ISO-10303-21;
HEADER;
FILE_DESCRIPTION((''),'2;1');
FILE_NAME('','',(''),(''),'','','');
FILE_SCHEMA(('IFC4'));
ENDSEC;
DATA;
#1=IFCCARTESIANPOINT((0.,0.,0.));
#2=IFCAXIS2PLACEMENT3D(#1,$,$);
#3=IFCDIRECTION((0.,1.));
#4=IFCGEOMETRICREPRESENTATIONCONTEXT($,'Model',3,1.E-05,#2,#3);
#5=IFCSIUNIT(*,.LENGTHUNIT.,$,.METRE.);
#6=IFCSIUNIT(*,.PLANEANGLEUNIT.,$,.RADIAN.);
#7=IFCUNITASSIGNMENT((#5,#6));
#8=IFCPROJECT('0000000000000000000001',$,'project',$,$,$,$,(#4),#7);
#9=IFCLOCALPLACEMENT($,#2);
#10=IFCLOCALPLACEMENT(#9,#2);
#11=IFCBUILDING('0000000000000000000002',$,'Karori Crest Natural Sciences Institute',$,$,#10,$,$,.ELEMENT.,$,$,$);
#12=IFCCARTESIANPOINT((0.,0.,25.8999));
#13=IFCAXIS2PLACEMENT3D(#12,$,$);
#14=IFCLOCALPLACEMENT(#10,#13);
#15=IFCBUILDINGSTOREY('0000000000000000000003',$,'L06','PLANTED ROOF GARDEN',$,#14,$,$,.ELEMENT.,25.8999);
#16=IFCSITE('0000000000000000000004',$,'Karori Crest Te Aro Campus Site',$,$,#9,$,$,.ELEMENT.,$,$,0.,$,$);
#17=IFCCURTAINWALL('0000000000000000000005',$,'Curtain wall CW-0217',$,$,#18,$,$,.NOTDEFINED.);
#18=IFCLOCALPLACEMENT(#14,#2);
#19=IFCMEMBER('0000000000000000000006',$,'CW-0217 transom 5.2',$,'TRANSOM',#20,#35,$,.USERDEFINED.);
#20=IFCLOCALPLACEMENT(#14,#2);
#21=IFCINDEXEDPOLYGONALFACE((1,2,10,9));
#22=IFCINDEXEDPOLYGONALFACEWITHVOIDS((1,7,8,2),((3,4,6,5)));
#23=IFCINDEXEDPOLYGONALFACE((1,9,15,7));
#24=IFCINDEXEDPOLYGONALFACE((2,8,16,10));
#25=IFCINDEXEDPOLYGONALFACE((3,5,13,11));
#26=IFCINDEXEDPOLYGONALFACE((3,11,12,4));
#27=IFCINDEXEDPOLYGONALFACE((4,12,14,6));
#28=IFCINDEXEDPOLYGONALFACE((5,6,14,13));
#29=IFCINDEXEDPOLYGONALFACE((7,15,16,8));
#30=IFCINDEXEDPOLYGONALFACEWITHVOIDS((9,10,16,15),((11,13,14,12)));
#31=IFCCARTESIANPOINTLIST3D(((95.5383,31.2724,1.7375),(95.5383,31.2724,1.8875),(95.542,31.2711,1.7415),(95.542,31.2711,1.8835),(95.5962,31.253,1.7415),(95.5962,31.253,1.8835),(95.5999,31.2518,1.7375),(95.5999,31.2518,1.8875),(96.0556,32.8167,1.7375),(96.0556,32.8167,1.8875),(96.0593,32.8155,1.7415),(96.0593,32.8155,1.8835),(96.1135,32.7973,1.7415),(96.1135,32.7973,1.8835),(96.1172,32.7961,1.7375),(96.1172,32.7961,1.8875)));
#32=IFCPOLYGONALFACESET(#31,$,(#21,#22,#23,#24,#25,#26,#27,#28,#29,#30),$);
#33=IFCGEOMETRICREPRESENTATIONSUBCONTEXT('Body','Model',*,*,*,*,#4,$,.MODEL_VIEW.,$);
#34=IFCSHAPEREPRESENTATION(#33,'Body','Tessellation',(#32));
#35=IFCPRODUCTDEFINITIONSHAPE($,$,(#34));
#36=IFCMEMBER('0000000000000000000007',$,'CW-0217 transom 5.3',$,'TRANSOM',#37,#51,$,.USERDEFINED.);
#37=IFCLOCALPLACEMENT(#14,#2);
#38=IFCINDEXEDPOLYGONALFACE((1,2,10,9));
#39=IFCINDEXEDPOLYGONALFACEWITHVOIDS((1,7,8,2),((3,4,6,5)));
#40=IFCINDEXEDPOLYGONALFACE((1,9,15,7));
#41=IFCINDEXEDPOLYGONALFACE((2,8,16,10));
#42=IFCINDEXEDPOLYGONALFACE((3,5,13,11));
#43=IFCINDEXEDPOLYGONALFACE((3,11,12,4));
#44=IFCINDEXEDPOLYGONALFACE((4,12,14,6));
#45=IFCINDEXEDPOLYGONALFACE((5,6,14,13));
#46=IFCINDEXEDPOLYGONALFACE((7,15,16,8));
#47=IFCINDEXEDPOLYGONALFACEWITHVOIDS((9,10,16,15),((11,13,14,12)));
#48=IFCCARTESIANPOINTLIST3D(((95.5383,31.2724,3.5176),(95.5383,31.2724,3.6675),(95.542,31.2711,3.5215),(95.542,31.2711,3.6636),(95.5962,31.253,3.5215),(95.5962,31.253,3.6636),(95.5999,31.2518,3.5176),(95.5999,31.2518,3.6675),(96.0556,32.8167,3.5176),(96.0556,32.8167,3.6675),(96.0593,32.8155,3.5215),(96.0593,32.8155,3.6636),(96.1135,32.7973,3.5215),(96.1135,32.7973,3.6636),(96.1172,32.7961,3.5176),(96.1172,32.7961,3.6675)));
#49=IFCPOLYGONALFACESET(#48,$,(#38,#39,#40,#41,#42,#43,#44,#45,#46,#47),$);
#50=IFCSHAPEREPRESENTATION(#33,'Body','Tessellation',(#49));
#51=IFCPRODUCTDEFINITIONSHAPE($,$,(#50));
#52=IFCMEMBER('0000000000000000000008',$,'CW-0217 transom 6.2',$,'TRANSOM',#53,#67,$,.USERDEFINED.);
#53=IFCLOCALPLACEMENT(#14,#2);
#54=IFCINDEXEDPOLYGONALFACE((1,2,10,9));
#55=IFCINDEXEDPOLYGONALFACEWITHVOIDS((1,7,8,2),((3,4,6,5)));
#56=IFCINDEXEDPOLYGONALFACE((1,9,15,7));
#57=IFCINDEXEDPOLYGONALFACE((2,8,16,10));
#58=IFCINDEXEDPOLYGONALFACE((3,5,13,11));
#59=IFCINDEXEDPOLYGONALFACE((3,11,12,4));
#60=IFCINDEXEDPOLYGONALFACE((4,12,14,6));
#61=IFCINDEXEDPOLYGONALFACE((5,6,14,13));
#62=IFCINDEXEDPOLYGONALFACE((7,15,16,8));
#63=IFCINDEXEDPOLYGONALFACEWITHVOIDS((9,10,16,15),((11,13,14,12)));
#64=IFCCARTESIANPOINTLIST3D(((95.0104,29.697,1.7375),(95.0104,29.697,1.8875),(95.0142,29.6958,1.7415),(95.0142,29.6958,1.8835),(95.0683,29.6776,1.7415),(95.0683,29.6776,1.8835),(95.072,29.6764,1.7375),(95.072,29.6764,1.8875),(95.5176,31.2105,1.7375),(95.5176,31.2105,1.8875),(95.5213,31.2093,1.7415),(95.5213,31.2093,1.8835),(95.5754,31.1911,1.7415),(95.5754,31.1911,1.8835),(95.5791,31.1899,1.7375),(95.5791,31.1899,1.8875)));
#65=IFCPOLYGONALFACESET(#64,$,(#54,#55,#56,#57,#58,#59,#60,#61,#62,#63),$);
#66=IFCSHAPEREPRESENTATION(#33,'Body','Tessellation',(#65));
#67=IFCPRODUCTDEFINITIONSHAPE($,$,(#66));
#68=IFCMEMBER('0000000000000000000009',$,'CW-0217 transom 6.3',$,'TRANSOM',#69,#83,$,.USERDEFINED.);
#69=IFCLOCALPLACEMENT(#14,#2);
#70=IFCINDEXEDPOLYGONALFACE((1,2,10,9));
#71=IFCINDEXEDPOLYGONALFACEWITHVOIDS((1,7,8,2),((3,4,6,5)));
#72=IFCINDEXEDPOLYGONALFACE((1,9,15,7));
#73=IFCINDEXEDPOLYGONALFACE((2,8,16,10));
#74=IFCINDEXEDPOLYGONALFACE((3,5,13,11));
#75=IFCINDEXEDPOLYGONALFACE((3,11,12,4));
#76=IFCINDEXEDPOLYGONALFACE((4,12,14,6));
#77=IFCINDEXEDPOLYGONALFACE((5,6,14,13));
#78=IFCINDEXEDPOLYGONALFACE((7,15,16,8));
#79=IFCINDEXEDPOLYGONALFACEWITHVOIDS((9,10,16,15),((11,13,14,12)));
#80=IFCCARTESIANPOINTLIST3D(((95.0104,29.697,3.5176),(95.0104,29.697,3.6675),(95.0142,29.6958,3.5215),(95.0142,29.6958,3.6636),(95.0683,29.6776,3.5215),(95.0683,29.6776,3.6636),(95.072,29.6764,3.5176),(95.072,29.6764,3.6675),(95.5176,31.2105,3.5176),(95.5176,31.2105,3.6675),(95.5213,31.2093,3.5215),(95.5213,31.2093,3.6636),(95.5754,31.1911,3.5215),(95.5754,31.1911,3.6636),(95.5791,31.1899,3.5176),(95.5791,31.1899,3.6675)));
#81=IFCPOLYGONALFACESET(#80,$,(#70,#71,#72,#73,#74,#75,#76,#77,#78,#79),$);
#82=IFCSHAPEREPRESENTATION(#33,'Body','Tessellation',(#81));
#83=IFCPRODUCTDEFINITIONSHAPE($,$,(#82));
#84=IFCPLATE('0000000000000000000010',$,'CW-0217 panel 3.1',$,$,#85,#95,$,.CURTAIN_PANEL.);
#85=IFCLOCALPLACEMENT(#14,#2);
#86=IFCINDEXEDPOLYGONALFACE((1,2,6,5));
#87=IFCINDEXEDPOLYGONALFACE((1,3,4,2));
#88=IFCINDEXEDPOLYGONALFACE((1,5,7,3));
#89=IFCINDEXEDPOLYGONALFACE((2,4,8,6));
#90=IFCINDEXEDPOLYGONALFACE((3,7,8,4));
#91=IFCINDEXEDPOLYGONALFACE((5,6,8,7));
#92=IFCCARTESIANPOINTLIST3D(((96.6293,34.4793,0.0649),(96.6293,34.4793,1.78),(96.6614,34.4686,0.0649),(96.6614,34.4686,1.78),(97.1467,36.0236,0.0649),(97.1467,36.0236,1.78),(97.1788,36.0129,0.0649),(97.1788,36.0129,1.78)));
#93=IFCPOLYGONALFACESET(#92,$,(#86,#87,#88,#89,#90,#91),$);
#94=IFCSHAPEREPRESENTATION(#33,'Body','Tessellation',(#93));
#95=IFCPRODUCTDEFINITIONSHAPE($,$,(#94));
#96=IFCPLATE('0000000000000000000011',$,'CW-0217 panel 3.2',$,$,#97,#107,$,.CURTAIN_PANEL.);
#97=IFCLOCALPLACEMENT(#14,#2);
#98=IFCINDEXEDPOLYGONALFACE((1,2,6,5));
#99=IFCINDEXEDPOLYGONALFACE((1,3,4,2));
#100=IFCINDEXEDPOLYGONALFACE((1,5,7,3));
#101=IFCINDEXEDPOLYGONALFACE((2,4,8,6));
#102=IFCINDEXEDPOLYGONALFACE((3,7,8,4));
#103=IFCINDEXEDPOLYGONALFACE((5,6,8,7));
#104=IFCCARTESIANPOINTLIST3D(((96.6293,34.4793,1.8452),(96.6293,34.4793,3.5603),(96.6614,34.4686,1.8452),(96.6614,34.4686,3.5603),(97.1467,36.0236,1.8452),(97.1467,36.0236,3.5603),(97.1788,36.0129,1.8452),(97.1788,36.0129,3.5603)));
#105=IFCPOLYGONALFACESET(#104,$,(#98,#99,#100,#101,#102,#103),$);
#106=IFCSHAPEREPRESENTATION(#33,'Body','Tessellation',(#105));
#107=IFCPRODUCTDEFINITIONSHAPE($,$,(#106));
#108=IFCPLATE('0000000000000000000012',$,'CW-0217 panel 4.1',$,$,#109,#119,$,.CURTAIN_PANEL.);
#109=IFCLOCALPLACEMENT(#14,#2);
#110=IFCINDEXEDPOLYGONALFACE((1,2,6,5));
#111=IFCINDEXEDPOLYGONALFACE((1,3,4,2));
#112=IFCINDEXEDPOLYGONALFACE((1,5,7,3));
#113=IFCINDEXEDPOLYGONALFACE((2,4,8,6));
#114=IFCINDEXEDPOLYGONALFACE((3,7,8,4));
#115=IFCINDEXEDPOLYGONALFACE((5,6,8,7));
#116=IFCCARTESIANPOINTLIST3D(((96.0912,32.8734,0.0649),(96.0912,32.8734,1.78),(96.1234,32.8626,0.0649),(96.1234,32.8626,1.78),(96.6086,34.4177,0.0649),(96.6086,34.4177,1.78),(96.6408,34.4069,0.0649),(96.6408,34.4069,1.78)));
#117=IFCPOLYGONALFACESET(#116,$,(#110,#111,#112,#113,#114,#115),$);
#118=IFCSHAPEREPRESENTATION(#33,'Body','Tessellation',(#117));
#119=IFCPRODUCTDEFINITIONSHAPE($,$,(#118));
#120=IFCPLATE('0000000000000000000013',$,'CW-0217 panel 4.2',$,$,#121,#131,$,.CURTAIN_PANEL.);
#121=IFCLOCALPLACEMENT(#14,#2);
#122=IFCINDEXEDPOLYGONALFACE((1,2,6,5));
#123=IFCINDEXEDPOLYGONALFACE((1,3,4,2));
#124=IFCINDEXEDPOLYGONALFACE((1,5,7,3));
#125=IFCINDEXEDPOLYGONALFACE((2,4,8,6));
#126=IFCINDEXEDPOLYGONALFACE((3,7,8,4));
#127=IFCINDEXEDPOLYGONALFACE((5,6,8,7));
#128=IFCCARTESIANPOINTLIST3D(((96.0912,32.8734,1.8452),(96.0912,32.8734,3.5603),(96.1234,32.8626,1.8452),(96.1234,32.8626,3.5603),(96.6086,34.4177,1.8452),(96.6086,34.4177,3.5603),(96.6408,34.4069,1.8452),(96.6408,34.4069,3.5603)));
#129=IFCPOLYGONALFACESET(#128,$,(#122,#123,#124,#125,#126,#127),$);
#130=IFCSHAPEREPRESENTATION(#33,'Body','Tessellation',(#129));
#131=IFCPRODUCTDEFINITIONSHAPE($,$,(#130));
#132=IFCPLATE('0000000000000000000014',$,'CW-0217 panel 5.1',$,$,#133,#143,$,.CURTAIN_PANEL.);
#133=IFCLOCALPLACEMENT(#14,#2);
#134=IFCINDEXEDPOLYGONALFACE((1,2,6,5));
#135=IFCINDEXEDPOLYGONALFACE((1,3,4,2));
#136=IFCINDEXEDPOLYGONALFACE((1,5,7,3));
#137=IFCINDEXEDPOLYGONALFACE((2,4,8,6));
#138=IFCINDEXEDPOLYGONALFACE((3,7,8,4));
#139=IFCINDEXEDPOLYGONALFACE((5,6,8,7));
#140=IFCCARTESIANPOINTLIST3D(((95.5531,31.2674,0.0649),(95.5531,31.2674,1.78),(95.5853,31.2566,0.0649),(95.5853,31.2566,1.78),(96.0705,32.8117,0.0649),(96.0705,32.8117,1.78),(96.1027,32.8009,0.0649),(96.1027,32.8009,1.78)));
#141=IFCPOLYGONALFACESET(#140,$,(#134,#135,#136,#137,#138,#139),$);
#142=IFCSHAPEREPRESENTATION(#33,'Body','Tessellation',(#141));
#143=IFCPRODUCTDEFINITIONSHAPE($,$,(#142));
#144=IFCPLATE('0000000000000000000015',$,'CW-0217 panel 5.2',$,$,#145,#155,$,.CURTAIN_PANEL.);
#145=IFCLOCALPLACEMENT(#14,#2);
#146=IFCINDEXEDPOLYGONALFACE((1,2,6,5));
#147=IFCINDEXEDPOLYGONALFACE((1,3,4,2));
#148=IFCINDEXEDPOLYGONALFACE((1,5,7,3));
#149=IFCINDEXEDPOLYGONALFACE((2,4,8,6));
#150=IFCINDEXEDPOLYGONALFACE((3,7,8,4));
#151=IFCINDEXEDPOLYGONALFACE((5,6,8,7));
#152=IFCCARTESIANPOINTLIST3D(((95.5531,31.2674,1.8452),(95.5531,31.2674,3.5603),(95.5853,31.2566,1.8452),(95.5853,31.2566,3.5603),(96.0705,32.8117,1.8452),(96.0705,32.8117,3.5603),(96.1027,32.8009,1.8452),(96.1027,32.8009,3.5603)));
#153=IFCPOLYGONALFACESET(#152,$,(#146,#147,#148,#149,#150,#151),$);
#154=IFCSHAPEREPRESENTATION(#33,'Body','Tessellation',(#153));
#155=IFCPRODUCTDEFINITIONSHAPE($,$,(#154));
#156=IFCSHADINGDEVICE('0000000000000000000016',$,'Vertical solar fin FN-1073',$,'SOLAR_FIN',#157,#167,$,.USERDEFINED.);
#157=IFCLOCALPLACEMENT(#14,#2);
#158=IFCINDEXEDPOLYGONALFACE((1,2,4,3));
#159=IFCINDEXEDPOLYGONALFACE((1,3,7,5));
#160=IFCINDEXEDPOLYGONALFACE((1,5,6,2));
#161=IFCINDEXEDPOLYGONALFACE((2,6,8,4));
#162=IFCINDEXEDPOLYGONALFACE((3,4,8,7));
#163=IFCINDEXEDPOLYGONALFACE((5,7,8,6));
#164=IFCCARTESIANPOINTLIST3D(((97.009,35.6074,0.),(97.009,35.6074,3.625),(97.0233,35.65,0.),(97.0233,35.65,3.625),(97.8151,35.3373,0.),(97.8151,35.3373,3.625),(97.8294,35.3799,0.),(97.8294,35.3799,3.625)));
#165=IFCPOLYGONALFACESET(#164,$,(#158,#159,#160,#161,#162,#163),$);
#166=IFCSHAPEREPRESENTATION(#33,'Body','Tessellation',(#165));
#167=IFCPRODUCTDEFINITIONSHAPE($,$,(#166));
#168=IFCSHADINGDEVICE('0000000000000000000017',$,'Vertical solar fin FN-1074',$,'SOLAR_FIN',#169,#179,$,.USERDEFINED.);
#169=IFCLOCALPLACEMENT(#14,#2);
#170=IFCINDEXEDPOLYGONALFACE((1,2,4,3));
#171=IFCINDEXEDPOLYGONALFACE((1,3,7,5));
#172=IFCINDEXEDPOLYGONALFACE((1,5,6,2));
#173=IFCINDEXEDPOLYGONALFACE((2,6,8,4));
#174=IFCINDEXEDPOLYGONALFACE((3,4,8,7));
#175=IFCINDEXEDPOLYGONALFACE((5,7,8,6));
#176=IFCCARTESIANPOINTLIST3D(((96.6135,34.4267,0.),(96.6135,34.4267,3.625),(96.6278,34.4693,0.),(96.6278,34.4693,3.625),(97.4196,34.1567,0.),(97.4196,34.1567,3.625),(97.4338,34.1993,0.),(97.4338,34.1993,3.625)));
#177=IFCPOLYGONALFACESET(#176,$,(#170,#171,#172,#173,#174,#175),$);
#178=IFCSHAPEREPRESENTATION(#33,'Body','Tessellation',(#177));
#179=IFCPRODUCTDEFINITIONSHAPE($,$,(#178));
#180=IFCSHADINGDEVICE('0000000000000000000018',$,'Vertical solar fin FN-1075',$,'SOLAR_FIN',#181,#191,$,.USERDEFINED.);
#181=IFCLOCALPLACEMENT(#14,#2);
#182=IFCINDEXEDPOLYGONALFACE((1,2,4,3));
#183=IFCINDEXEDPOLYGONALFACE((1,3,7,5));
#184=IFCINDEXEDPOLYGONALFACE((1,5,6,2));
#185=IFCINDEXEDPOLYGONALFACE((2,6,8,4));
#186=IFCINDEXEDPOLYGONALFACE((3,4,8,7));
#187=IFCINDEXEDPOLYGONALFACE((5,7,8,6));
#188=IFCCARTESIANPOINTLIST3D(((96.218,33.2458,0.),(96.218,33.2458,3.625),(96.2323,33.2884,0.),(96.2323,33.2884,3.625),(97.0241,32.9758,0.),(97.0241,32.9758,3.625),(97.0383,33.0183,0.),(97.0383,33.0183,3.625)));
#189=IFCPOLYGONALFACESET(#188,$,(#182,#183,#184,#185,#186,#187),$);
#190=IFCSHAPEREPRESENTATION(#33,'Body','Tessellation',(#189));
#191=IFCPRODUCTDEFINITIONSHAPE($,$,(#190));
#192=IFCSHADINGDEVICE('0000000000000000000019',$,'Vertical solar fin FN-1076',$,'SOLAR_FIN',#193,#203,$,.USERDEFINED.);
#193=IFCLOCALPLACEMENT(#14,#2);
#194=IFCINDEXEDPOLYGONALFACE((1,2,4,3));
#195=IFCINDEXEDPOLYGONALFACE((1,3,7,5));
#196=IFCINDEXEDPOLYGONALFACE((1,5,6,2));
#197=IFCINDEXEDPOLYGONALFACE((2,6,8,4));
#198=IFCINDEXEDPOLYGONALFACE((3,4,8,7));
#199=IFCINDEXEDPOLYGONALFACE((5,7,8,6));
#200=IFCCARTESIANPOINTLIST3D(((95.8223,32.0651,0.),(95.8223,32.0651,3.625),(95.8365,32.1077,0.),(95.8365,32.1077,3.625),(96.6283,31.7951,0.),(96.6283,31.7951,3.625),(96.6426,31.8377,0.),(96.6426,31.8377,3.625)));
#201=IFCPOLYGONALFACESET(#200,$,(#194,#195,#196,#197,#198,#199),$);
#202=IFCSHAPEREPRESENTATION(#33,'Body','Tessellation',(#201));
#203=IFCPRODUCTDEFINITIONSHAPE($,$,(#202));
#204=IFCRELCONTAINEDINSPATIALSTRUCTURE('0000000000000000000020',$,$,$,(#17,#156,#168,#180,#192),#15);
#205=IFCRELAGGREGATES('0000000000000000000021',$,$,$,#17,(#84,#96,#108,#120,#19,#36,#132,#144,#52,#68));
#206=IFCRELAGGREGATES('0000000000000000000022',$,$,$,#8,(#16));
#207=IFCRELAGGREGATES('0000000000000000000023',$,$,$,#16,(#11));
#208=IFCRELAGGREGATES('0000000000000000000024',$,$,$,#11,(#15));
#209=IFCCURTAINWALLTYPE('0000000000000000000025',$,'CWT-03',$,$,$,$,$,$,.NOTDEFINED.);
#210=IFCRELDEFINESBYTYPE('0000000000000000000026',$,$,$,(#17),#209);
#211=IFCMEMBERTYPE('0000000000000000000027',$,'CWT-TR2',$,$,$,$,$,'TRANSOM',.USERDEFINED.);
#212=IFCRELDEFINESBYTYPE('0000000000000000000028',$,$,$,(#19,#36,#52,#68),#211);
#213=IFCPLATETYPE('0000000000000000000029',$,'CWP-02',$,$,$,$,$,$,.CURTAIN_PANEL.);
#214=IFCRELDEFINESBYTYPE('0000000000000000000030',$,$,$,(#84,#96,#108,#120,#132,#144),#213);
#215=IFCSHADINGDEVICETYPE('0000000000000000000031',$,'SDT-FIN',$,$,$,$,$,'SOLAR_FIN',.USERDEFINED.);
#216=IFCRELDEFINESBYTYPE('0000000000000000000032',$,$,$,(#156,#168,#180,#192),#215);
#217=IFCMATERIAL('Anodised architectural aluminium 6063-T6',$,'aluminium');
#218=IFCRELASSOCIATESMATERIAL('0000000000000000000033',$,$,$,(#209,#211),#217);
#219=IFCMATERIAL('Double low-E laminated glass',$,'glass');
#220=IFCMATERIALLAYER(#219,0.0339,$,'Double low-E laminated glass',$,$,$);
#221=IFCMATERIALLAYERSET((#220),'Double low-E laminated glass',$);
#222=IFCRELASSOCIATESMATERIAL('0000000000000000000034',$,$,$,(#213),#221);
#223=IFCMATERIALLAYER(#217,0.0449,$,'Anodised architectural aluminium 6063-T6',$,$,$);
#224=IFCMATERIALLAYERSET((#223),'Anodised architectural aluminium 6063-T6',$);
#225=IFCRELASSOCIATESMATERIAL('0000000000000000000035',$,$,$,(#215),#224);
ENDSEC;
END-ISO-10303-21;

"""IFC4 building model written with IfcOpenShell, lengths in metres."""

from ifc_helpers import new_model, si_unit, direction, frame, origin, origin_2d, place, context, subcontext, project, spatial, rectangle, hollow_rectangle, extrude, material, layer, layer_set, material_profile, profile_set, type_object, element, aggregate, save


model = new_model("IFC4")

# Units and contexts
model_context = context("Model", 3, precision=1e-05, world=origin(), true_north=direction((0.0, 1.0)))
body_context = subcontext(model_context, "Body", "Model", "MODEL_VIEW")
ifc_project = project(units=[si_unit("LENGTHUNIT", "METRE"), si_unit("PLANEANGLEUNIT", "RADIAN")], contexts=[model_context])

# Site, building, storey
site_placement = place(None, origin())
site = spatial("IfcSite", under=ifc_project, at=site_placement, Name="Karori Crest Te Aro Campus Site", CompositionType="ELEMENT", RefElevation=0.0)
building_placement = place(site_placement, origin())
building = spatial("IfcBuilding", under=site, at=building_placement, Name="Karori Crest Natural Sciences Institute", CompositionType="ELEMENT")
storey_placement = place(building_placement, frame((0.0, 0.0, 25.8999)))
storey = spatial("IfcBuildingStorey", under=building, at=storey_placement, Name="L06", Description="PLANTED ROOF GARDEN", CompositionType="ELEMENT", Elevation=25.8999)

# Curtain wall, members, plates
ifc_material_1 = material(Name="Anodised architectural aluminium 6063-T6", Category="aluminium")
curtain_wall_type = type_object("IfcCurtainWallType", Name="CWT-03", PredefinedType="NOTDEFINED", material=ifc_material_1)
curtain_wall_placement = place(storey_placement, origin())
curtain_wall = element("IfcCurtainWall", 1, at=curtain_wall_placement, inside=storey, type_object=curtain_wall_type, Name="Curtain wall CW-0217", PredefinedType="NOTDEFINED")
ifc_material_profile_1 = material_profile(ifc_material_1, hollow_rectangle(XDim=0.0649, YDim=0.1499, WallThickness=0.0039, at=origin_2d()), Name="CWT150x65x4")
ifc_profile_set_1 = profile_set([ifc_material_profile_1], Name="Anodised architectural aluminium 6063-T6")
member_type_1 = type_object("IfcMemberType", Name="CWT-TR2", ElementType="TRANSOM", PredefinedType="USERDEFINED", material=ifc_profile_set_1)
member_1_placement = place(storey_placement, frame((96.0864, 32.8064, 1.8125), z_axis=(-0.317621, -0.948218, 0.0), x_axis=(0.948218, -0.317621, 0.0)))
member_1 = element("IfcMember", 2, at=member_1_placement, type_object=member_type_1, Name="CW-0217 transom 5.2", ObjectType="TRANSOM", PredefinedType="USERDEFINED", context=body_context, shape_type="SweptSolid", body=[
    extrude(hollow_rectangle(XDim=0.0649, YDim=0.1499, WallThickness=0.0039, at=origin_2d()), origin(), (0.0, 0.0, 1.0), 1.6287),
])
member_2_placement = place(storey_placement, frame((96.0864, 32.8064, 3.5925), z_axis=(-0.317621, -0.948218, 0.0), x_axis=(0.948218, -0.317621, 0.0)))
member_2 = element("IfcMember", 3, at=member_2_placement, type_object=member_type_1, Name="CW-0217 transom 5.3", ObjectType="TRANSOM", PredefinedType="USERDEFINED", context=body_context, shape_type="SweptSolid", body=[
    extrude(hollow_rectangle(XDim=0.0649, YDim=0.1499, WallThickness=0.0039, at=origin_2d()), origin(), (0.0, 0.0, 1.0), 1.6287),
])
member_3_placement = place(storey_placement, frame((95.5483, 31.2002, 1.8125), z_axis=(-0.317696, -0.948193, 0.0), x_axis=(0.948193, -0.317696, 0.0)))
member_3 = element("IfcMember", 4, at=member_3_placement, type_object=member_type_1, Name="CW-0217 transom 6.2", ObjectType="TRANSOM", PredefinedType="USERDEFINED", context=body_context, shape_type="SweptSolid", body=[
    extrude(hollow_rectangle(XDim=0.0649, YDim=0.1499, WallThickness=0.0039, at=origin_2d()), origin(), (0.0, 0.0, 1.0), 1.5962),
])
member_4_placement = place(storey_placement, frame((95.5483, 31.2002, 3.5925), z_axis=(-0.317696, -0.948193, 0.0), x_axis=(0.948193, -0.317696, 0.0)))
member_4 = element("IfcMember", 5, at=member_4_placement, type_object=member_type_1, Name="CW-0217 transom 6.3", ObjectType="TRANSOM", PredefinedType="USERDEFINED", context=body_context, shape_type="SweptSolid", body=[
    extrude(hollow_rectangle(XDim=0.0649, YDim=0.1499, WallThickness=0.0039, at=origin_2d()), origin(), (0.0, 0.0, 1.0), 1.5962),
])
ifc_material_2 = material(Name="Double low-E laminated glass", Category="glass")
ifc_layer_1 = layer(ifc_material_2, 0.0339, Name="Double low-E laminated glass")
ifc_layer_set_1 = layer_set([ifc_layer_1], Name="Double low-E laminated glass")
plate_type = type_object("IfcPlateType", Name="CWP-02", PredefinedType="CURTAIN_PANEL", material=ifc_layer_set_1)
plate_1_placement = place(storey_placement, frame((96.9041, 35.2461, 0.0649), z_axis=(0.0, 0.0, 1.0), x_axis=(-0.31768, -0.948198, 0.0)))
plate_1 = element("IfcPlate", 6, at=plate_1_placement, type_object=plate_type, Name="CW-0217 panel 3.1", PredefinedType="CURTAIN_PANEL", context=body_context, shape_type="SweptSolid", body=[
    extrude(rectangle(XDim=1.6287, YDim=0.0339, at=origin_2d()), origin(), (0.0, 0.0, 1.0), 1.7151),
])
plate_2_placement = place(storey_placement, frame((96.9041, 35.2461, 1.8452), z_axis=(0.0, 0.0, 1.0), x_axis=(-0.31768, -0.948198, 0.0)))
plate_2 = element("IfcPlate", 7, at=plate_2_placement, type_object=plate_type, Name="CW-0217 panel 3.2", PredefinedType="CURTAIN_PANEL", context=body_context, shape_type="SweptSolid", body=[
    extrude(rectangle(XDim=1.6287, YDim=0.0339, at=origin_2d()), origin(), (0.0, 0.0, 1.0), 1.7151),
])
plate_3_placement = place(storey_placement, frame((96.366, 33.6401, 0.0649), z_axis=(0.0, 0.0, 1.0), x_axis=(-0.31768, -0.948198, 0.0)))
plate_3 = element("IfcPlate", 8, at=plate_3_placement, type_object=plate_type, Name="CW-0217 panel 4.1", PredefinedType="CURTAIN_PANEL", context=body_context, shape_type="SweptSolid", body=[
    extrude(rectangle(XDim=1.6287, YDim=0.0339, at=origin_2d()), origin(), (0.0, 0.0, 1.0), 1.7151),
])
plate_4_placement = place(storey_placement, frame((96.366, 33.6401, 1.8452), z_axis=(0.0, 0.0, 1.0), x_axis=(-0.31768, -0.948198, 0.0)))
plate_4 = element("IfcPlate", 9, at=plate_4_placement, type_object=plate_type, Name="CW-0217 panel 4.2", PredefinedType="CURTAIN_PANEL", context=body_context, shape_type="SweptSolid", body=[
    extrude(rectangle(XDim=1.6287, YDim=0.0339, at=origin_2d()), origin(), (0.0, 0.0, 1.0), 1.7151),
])
plate_5_placement = place(storey_placement, frame((95.8279, 32.0342, 0.0649), z_axis=(0.0, 0.0, 1.0), x_axis=(-0.31768, -0.948198, 0.0)))
plate_5 = element("IfcPlate", 10, at=plate_5_placement, type_object=plate_type, Name="CW-0217 panel 5.1", PredefinedType="CURTAIN_PANEL", context=body_context, shape_type="SweptSolid", body=[
    extrude(rectangle(XDim=1.6287, YDim=0.0339, at=origin_2d()), origin(), (0.0, 0.0, 1.0), 1.7151),
])
plate_6_placement = place(storey_placement, frame((95.8279, 32.0342, 1.8452), z_axis=(0.0, 0.0, 1.0), x_axis=(-0.31768, -0.948198, 0.0)))
plate_6 = element("IfcPlate", 11, at=plate_6_placement, type_object=plate_type, Name="CW-0217 panel 5.2", PredefinedType="CURTAIN_PANEL", context=body_context, shape_type="SweptSolid", body=[
    extrude(rectangle(XDim=1.6287, YDim=0.0339, at=origin_2d()), origin(), (0.0, 0.0, 1.0), 1.7151),
])
aggregate(curtain_wall, [plate_1, plate_2, plate_3, plate_4, member_1, member_2, plate_5, plate_6, member_3, member_4])

# Shading devices
ifc_layer_2 = layer(ifc_material_1, 0.0449, Name="Anodised architectural aluminium 6063-T6")
ifc_layer_set_2 = layer_set([ifc_layer_2], Name="Anodised architectural aluminium 6063-T6")
shading_device_type = type_object("IfcShadingDeviceType", Name="SDT-FIN", ElementType="SOLAR_FIN", PredefinedType="USERDEFINED", material=ifc_layer_set_2)
for number, where, z_axis, x_axis, name in (
    (12, (97.4192, 35.4937, 0.0), (0.0, 0.0, 1.0), (0.948198, -0.31768, 0.0), "Vertical solar fin FN-1073"),
    (13, (97.0237, 34.313, 0.0), (0.0, 0.0, 1.0), (0.948198, -0.31768, 0.0), "Vertical solar fin FN-1074"),
    (14, (96.6282, 33.1321, 0.0), (0.0, 0.0, 1.0), (0.948198, -0.31768, 0.0), "Vertical solar fin FN-1075"),
    (15, (96.2324, 31.9514, 0.0), (0.0, 0.0, 1.0), (0.948198, -0.31768, 0.0), "Vertical solar fin FN-1076"),
):
    element("IfcShadingDevice", number, at=place(storey_placement, frame(where, z_axis=z_axis, x_axis=x_axis)), inside=storey, type_object=shading_device_type, Name=name, ObjectType="SOLAR_FIN", PredefinedType="USERDEFINED", context=body_context, shape_type="SweptSolid", body=[
        extrude(rectangle(XDim=0.8501, YDim=0.0449, at=origin_2d()), origin(), (0.0, 0.0, 1.0), 3.625),
    ])

save(model, "model.ifc")
